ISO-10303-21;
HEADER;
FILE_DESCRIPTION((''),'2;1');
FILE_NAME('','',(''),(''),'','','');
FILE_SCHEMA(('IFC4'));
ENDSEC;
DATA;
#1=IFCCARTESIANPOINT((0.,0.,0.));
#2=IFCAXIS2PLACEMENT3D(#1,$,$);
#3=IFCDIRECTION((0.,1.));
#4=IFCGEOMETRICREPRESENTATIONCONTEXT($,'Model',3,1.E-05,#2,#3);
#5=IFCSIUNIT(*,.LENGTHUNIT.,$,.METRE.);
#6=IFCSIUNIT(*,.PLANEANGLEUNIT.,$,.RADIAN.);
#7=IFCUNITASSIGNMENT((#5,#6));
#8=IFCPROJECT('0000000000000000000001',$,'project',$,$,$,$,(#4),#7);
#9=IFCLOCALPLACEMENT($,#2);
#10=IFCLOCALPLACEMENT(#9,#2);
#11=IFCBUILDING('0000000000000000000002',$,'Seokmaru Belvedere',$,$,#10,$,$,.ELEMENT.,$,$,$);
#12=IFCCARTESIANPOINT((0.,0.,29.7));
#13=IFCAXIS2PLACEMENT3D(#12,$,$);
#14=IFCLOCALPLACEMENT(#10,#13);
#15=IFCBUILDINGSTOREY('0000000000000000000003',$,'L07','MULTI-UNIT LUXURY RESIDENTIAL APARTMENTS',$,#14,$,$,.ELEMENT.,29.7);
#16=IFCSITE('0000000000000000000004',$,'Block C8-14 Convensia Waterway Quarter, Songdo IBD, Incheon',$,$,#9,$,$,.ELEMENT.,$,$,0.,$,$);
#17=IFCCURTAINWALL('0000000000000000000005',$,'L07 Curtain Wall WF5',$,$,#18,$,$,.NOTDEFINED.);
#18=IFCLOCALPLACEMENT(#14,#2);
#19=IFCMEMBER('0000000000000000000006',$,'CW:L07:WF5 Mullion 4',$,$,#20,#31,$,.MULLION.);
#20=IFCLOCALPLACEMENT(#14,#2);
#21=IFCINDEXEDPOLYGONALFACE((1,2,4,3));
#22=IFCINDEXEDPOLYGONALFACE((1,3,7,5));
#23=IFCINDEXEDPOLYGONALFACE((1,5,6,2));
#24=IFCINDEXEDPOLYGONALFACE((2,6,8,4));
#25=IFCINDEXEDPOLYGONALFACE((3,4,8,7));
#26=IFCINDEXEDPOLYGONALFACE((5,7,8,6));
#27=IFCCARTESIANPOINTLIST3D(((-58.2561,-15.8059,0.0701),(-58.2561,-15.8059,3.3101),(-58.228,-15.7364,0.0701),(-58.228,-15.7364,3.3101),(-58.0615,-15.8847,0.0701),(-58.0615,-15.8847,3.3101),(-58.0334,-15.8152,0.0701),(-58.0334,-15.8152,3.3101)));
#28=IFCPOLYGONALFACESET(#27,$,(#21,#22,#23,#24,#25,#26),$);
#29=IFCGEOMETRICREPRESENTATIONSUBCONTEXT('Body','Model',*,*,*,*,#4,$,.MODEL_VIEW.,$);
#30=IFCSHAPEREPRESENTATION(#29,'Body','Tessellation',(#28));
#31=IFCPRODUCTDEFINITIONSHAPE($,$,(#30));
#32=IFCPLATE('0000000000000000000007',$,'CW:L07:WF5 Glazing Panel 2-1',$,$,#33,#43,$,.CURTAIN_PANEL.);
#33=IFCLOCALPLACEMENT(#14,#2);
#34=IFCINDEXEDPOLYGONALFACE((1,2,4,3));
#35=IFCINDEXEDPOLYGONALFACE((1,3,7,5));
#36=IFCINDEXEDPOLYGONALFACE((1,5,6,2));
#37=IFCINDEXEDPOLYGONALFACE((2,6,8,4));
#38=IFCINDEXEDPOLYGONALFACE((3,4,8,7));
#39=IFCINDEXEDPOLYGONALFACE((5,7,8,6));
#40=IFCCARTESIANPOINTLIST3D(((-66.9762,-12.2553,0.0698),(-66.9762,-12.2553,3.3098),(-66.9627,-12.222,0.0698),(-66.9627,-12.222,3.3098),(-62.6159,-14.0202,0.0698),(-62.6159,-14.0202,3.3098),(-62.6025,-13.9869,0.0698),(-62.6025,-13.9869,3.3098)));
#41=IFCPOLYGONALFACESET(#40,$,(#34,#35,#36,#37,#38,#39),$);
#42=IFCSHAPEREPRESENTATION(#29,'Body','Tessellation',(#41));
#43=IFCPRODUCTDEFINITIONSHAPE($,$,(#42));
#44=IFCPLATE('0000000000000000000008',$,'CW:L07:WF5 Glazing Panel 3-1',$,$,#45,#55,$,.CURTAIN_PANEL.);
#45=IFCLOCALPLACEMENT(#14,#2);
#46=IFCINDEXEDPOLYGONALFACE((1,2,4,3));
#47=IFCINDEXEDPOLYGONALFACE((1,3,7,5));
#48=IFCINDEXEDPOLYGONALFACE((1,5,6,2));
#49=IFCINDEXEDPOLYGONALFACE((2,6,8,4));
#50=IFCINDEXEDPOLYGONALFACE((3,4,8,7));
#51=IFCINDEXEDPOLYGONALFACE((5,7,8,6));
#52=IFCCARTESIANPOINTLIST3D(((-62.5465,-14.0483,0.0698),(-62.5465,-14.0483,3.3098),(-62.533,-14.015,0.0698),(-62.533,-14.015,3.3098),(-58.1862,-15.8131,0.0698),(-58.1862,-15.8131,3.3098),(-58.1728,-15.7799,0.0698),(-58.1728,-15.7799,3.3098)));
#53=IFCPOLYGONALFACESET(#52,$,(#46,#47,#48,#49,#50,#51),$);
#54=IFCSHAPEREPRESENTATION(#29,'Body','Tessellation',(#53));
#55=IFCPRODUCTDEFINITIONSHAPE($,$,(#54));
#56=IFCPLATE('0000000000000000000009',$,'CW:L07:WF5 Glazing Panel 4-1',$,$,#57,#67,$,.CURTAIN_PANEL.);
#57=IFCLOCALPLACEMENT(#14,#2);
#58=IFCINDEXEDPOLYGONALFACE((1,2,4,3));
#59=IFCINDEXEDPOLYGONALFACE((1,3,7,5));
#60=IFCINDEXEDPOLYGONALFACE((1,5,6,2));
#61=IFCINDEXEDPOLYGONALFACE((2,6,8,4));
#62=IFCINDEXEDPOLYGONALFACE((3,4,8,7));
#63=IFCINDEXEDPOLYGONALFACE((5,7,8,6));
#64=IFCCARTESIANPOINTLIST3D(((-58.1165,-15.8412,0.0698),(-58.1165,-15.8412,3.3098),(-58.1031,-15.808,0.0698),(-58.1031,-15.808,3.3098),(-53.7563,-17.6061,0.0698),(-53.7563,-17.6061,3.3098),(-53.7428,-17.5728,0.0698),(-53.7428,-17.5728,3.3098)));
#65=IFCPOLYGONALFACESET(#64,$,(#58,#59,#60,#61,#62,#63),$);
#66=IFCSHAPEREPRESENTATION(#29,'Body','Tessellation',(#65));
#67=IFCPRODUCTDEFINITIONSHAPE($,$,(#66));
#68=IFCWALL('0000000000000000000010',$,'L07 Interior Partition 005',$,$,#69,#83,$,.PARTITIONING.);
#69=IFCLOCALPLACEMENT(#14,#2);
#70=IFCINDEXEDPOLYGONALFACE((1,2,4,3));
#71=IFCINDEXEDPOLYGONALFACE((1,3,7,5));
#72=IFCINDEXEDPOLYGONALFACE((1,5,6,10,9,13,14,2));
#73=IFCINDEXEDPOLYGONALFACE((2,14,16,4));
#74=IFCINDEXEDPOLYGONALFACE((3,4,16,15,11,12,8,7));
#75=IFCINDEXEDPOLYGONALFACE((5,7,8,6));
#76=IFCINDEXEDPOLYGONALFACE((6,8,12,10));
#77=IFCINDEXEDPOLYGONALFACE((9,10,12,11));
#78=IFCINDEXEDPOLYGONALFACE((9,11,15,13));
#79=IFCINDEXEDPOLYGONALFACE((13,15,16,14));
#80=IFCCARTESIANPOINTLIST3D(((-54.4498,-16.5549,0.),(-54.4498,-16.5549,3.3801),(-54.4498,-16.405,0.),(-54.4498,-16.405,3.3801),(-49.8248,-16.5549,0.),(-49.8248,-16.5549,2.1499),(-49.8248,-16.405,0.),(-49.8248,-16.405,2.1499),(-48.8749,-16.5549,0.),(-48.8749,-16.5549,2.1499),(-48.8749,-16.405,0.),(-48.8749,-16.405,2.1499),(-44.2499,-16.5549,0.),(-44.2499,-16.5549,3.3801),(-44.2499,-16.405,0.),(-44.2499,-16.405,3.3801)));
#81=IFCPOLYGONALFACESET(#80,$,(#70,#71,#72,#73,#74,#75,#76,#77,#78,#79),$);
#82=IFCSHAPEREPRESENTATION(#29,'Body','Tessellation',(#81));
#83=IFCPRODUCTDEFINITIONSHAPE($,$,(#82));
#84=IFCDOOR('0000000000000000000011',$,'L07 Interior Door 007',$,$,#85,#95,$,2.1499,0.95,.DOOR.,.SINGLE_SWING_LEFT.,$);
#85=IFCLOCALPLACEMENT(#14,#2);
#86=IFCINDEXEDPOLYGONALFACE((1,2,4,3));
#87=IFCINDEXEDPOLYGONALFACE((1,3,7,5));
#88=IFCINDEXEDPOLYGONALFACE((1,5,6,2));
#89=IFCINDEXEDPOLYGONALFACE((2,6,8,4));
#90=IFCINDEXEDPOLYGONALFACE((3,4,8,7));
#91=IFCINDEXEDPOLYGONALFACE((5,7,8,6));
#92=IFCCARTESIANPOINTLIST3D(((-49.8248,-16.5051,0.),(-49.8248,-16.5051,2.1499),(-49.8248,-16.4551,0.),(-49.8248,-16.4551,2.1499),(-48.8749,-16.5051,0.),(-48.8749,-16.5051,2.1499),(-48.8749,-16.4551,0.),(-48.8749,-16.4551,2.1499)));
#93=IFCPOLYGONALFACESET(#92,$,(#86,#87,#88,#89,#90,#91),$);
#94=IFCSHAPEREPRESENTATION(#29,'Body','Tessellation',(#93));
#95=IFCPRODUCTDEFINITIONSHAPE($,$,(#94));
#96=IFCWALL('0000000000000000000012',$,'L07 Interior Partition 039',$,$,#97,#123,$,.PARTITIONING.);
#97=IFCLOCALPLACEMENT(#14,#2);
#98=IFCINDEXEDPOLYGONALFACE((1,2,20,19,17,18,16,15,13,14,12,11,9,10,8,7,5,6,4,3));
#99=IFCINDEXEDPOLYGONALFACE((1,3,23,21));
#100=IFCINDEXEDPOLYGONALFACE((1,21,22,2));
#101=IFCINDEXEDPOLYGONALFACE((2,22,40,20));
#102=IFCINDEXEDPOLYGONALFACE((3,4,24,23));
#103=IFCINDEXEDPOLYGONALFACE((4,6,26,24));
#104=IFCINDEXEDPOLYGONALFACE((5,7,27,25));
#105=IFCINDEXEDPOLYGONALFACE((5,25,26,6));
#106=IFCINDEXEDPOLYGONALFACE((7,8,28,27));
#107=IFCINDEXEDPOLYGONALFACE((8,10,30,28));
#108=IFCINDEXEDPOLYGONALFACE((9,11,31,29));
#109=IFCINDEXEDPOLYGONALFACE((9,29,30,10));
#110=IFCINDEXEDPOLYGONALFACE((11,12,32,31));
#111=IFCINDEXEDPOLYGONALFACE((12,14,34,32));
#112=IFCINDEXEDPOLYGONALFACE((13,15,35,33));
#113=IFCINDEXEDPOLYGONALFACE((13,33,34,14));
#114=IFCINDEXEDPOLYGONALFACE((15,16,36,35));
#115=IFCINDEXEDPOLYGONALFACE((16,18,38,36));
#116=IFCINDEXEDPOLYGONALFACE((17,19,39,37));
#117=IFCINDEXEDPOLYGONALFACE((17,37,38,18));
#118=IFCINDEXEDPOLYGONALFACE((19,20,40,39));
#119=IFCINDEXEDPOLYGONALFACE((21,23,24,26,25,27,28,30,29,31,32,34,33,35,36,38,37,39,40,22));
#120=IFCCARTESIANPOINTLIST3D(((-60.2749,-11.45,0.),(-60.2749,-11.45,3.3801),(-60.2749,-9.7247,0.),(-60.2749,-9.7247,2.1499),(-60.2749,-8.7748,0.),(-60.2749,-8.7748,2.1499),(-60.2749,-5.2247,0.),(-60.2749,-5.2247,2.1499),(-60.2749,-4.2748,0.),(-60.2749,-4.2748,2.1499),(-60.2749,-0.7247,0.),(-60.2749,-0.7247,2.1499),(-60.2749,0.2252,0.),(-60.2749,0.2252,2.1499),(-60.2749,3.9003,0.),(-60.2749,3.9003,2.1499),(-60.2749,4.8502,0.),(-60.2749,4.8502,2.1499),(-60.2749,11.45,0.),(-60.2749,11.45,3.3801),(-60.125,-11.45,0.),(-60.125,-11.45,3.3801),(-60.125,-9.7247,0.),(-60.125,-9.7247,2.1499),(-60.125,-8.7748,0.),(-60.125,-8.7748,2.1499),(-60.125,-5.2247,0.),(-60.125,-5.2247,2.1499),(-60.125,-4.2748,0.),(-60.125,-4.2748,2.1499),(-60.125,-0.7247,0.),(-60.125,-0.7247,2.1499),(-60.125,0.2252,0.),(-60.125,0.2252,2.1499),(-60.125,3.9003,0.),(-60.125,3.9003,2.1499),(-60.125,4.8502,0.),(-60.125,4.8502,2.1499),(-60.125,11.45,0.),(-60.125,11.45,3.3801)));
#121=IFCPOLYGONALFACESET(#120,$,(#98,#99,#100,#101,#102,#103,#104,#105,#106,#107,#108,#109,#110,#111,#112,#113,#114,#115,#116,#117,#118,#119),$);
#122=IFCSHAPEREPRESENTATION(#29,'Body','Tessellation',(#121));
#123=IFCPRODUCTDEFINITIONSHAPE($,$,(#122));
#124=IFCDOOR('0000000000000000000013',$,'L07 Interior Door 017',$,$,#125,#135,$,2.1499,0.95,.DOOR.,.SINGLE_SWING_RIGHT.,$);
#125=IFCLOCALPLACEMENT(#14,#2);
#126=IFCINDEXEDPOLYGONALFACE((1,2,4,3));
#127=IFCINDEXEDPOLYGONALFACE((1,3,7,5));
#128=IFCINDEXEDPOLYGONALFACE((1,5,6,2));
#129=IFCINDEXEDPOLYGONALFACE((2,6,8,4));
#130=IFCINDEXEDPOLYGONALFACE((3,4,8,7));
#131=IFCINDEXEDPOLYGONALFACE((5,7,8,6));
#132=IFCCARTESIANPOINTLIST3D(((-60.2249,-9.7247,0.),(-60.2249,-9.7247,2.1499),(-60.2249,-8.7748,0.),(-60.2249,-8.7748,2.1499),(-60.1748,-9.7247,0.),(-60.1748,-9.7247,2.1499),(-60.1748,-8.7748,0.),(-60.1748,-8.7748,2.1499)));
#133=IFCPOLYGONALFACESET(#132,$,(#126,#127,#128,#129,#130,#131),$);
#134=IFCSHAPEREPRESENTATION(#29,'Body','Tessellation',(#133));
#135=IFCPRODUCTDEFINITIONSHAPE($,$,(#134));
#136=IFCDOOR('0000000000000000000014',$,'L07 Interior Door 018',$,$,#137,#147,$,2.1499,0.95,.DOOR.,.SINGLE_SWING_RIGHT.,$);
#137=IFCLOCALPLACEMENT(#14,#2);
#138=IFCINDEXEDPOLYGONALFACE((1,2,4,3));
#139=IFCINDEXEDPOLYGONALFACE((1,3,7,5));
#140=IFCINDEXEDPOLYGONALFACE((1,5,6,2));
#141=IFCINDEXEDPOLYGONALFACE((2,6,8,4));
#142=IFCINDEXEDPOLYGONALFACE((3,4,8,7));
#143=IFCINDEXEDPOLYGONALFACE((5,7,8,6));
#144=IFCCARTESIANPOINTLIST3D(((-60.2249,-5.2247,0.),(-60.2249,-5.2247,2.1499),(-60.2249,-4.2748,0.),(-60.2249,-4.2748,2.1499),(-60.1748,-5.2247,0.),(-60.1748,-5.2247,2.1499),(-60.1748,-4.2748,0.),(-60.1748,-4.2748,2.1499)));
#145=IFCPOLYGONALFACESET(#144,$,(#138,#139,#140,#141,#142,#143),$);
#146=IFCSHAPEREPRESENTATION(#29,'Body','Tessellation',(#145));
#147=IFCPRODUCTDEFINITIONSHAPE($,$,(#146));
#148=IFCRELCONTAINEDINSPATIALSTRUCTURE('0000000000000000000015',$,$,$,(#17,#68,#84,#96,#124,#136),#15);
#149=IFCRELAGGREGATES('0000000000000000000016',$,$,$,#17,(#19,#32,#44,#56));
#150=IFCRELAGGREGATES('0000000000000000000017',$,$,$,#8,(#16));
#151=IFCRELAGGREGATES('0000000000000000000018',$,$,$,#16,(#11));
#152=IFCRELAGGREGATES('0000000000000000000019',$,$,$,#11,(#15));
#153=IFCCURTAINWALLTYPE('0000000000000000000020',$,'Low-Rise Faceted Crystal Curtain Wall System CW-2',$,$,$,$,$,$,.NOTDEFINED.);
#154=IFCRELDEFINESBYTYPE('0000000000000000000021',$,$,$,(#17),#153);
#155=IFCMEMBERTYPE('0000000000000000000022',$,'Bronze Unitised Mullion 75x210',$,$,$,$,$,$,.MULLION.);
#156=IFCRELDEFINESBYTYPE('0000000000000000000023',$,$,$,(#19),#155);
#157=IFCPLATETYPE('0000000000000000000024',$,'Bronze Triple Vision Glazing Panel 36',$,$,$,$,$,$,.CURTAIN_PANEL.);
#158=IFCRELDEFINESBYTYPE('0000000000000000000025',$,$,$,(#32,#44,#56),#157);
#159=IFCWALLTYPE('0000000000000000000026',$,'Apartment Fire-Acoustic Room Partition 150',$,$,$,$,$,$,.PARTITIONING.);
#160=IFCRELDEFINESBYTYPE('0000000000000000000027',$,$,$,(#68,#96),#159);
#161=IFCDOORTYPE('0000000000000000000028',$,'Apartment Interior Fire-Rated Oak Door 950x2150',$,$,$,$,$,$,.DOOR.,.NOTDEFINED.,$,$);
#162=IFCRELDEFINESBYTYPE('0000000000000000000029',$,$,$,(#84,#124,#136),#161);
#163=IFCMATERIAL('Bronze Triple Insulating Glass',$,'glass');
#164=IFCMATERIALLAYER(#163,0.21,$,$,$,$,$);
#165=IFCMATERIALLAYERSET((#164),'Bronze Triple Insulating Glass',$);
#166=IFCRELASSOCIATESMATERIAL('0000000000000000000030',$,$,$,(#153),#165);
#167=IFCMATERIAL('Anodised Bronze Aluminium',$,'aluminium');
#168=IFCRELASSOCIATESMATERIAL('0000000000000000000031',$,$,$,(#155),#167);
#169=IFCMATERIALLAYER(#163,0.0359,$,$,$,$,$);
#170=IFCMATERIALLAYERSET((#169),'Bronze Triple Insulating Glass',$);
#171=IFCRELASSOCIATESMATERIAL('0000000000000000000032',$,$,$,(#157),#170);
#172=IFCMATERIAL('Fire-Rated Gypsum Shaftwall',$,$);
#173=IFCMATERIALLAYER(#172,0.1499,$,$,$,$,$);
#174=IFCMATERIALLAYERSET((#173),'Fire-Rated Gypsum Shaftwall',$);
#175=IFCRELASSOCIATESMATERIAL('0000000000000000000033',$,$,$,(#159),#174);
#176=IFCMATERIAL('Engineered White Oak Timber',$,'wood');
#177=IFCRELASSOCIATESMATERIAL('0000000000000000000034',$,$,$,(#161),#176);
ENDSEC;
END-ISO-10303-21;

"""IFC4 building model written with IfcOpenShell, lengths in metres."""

from ifc_helpers import new_model, si_unit, direction, frame, frame_2d, origin, origin_2d, place, context, subcontext, project, spatial, rectangle, extrude, source, transform, mapped, material, layer, layer_set, material_profile, profile_set, type_object, type_shapes, element, fill, aggregate, save


model = new_model("IFC4")

# Units and contexts
model_context = context("Model", 3, precision=1e-05, world=origin(), true_north=direction((0.0, 1.0)))
body_context = subcontext(model_context, "Body", "Model", "MODEL_VIEW")
ifc_project = project(units=[si_unit("LENGTHUNIT", "METRE"), si_unit("PLANEANGLEUNIT", "RADIAN")], contexts=[model_context])

# Site, building, storey
site_placement = place(None, origin())
site = spatial("IfcSite", under=ifc_project, at=site_placement, Name="Block C8-14 Convensia Waterway Quarter, Songdo IBD, Incheon", CompositionType="ELEMENT", RefElevation=0.0)
building_placement = place(site_placement, origin())
building = spatial("IfcBuilding", under=site, at=building_placement, Name="Seokmaru Belvedere", CompositionType="ELEMENT")
storey_placement = place(building_placement, frame((0.0, 0.0, 29.7)))
storey = spatial("IfcBuildingStorey", under=building, at=storey_placement, Name="L07", Description="MULTI-UNIT LUXURY RESIDENTIAL APARTMENTS", CompositionType="ELEMENT", Elevation=29.7)

# Curtain wall, member, plates
ifc_material_1 = material(Name="Bronze Triple Insulating Glass", Category="glass")
ifc_layer_1 = layer(ifc_material_1, 0.21)
ifc_layer_set_1 = layer_set([ifc_layer_1], Name="Bronze Triple Insulating Glass")
curtain_wall_type = type_object("IfcCurtainWallType", Name="Low-Rise Faceted Crystal Curtain Wall System CW-2", PredefinedType="NOTDEFINED", material=ifc_layer_set_1)
curtain_wall_placement = place(storey_placement, origin())
curtain_wall = element("IfcCurtainWall", 1, at=curtain_wall_placement, inside=storey, type_object=curtain_wall_type, Name="L07 Curtain Wall WF5", PredefinedType="NOTDEFINED")
ifc_material_2 = material(Name="Anodised Bronze Aluminium", Category="aluminium")
ifc_material_profile_1 = material_profile(ifc_material_2, rectangle(XDim=0.075, YDim=0.21, at=origin_2d()), Name="CW-M-75x210")
ifc_profile_set_1 = profile_set([ifc_material_profile_1], Name="Anodised Bronze Aluminium")
member_type = type_object("IfcMemberType", Name="Bronze Unitised Mullion 75x210", PredefinedType="MULLION", material=ifc_profile_set_1)
shared_shape_1 = source(origin(), body_context, "Body", "SweptSolid", [
    extrude(rectangle(XDim=0.075, YDim=0.21, at=origin_2d()), origin(), (0.0, 0.0, 1.0), 3.24),
])
type_shapes(member_type, [shared_shape_1])
member_1_placement = place(storey_placement, frame((-58.1448, -15.8105, 0.0701), z_axis=(0.0, 0.0, 1.0), x_axis=(0.375192, 0.926947, 0.0)))
member_1 = element("IfcMember", 2, at=member_1_placement, type_object=member_type, Name="CW:L07:WF5 Mullion 4", PredefinedType="MULLION", context=body_context, shape_type="MappedRepresentation", body=[
    mapped(shared_shape_1, transform((0.0, 0.0, 0.0), scale=1.0)),
])
ifc_layer_2 = layer(ifc_material_1, 0.0359)
ifc_layer_set_2 = layer_set([ifc_layer_2], Name="Bronze Triple Insulating Glass")
plate_type = type_object("IfcPlateType", Name="Bronze Triple Vision Glazing Panel 36", PredefinedType="CURTAIN_PANEL", material=ifc_layer_set_2)
shared_shape_2 = source(origin(), body_context, "Body", "SweptSolid", [
    extrude(rectangle(XDim=4.7039, YDim=0.0359, at=origin_2d()), origin(), (0.0, 0.0, 1.0), 3.24),
])
type_shapes(plate_type, [shared_shape_2])
plate_1_placement = place(storey_placement, frame((-64.7893, -13.1211, 0.0698), z_axis=(0.0, 0.0, 1.0), x_axis=(0.926947, -0.375192, 0.0)))
plate_1 = element("IfcPlate", 3, at=plate_1_placement, type_object=plate_type, Name="CW:L07:WF5 Glazing Panel 2-1", PredefinedType="CURTAIN_PANEL", context=body_context, shape_type="MappedRepresentation", body=[
    mapped(shared_shape_2, transform((0.0, 0.0, 0.0), scale=1.0)),
])
plate_2_placement = place(storey_placement, frame((-60.3596, -14.9141, 0.0698), z_axis=(0.0, 0.0, 1.0), x_axis=(0.926947, -0.375192, 0.0)))
plate_2 = element("IfcPlate", 4, at=plate_2_placement, type_object=plate_type, Name="CW:L07:WF5 Glazing Panel 3-1", PredefinedType="CURTAIN_PANEL", context=body_context, shape_type="MappedRepresentation", body=[
    mapped(shared_shape_2, transform((0.0, 0.0, 0.0), scale=1.0)),
])
plate_3_placement = place(storey_placement, frame((-55.9297, -16.707, 0.0698), z_axis=(0.0, 0.0, 1.0), x_axis=(0.926947, -0.375192, 0.0)))
plate_3 = element("IfcPlate", 5, at=plate_3_placement, type_object=plate_type, Name="CW:L07:WF5 Glazing Panel 4-1", PredefinedType="CURTAIN_PANEL", context=body_context, shape_type="MappedRepresentation", body=[
    mapped(shared_shape_2, transform((0.0, 0.0, 0.0), scale=1.0)),
])
aggregate(curtain_wall, [member_1, plate_1, plate_2, plate_3])

# Wall, opening, door
ifc_material_3 = material(Name="Fire-Rated Gypsum Shaftwall")
ifc_layer_3 = layer(ifc_material_3, 0.1499)
ifc_layer_set_3 = layer_set([ifc_layer_3], Name="Fire-Rated Gypsum Shaftwall")
wall_type = type_object("IfcWallType", Name="Apartment Fire-Acoustic Room Partition 150", PredefinedType="PARTITIONING", material=ifc_layer_set_3)
wall_1_placement = place(storey_placement, frame((-54.45, -16.48, 0.0), z_axis=(0.0, 0.0, 1.0), x_axis=(1.0, 0.0, 0.0)))
wall_1 = element("IfcWall", 6, at=wall_1_placement, inside=storey, type_object=wall_type, Name="L07 Interior Partition 005", PredefinedType="PARTITIONING", context=body_context, shape_type="SweptSolid", body=[
    extrude(rectangle(XDim=10.2, YDim=0.1499, at=frame_2d((5.1001, 0.0))), origin(), (0.0, 0.0, 1.0), 3.3801),
])
opening_1_placement = place(wall_1_placement, frame((4.625, 0.0, 0.0)))
opening_1 = element("IfcOpeningElement", 7, at=opening_1_placement, cuts=wall_1, PredefinedType="OPENING", context=body_context, shape_type="SweptSolid", body=[
    extrude(rectangle(XDim=0.95, YDim=2.1499, at=frame_2d((0.4751, 1.075))), frame((0.0, 0.085, 0.0), z_axis=(0.0, -1.0, 0.0), x_axis=(1.0, 0.0, 0.0)), (0.0, 0.0, 1.0), 0.1699),
])
ifc_material_4 = material(Name="Engineered White Oak Timber", Category="wood")
door_type = type_object("IfcDoorType", Name="Apartment Interior Fire-Rated Oak Door 950x2150", OperationType="NOTDEFINED", PredefinedType="DOOR", material=ifc_material_4)
shared_shape_3 = source(origin(), body_context, "Body", "SweptSolid", [
    extrude(rectangle(XDim=0.95, YDim=2.1499, at=frame_2d((0.4751, 1.075))), frame((0.0, 0.0249, 0.0), z_axis=(0.0, -1.0, 0.0), x_axis=(1.0, 0.0, 0.0)), (0.0, 0.0, 1.0), 0.05),
])
type_shapes(door_type, [shared_shape_3])
door_1_placement = place(opening_1_placement, origin())
door_1 = element("IfcDoor", 8, at=door_1_placement, inside=storey, type_object=door_type, Name="L07 Interior Door 007", OperationType="SINGLE_SWING_LEFT", OverallHeight=2.1499, OverallWidth=0.95, PredefinedType="DOOR", context=body_context, shape_type="MappedRepresentation", body=[
    mapped(shared_shape_3, transform((0.0, 0.0, 0.0), scale=1.0)),
])
fill(opening_1, door_1)

# Wall, openings, doors
wall_2_placement = place(storey_placement, frame((-60.2, -11.45, 0.0), z_axis=(0.0, 0.0, 1.0), x_axis=(0.0, 1.0, 0.0)))
wall_2 = element("IfcWall", 9, at=wall_2_placement, inside=storey, type_object=wall_type, Name="L07 Interior Partition 039", PredefinedType="PARTITIONING", context=body_context, shape_type="SweptSolid", body=[
    extrude(rectangle(XDim=22.8999, YDim=0.1499, at=frame_2d((11.45, 0.0))), origin(), (0.0, 0.0, 1.0), 3.3801),
])
opening_2_placement = place(wall_2_placement, frame((1.7251, 0.0, 0.0)))
opening_2 = element("IfcOpeningElement", 10, at=opening_2_placement, cuts=wall_2, PredefinedType="OPENING", context=body_context, shape_type="SweptSolid", body=[
    extrude(rectangle(XDim=0.95, YDim=2.1499, at=frame_2d((0.4751, 1.075))), frame((0.0, 0.085, 0.0), z_axis=(0.0, -1.0, 0.0), x_axis=(1.0, 0.0, 0.0)), (0.0, 0.0, 1.0), 0.1699),
])
opening_3_placement = place(wall_2_placement, frame((6.2251, 0.0, 0.0)))
opening_3 = element("IfcOpeningElement", 11, at=opening_3_placement, cuts=wall_2, PredefinedType="OPENING", context=body_context, shape_type="SweptSolid", body=[
    extrude(rectangle(XDim=0.95, YDim=2.1499, at=frame_2d((0.4751, 1.075))), frame((0.0, 0.085, 0.0), z_axis=(0.0, -1.0, 0.0), x_axis=(1.0, 0.0, 0.0)), (0.0, 0.0, 1.0), 0.1699),
])
opening_4_placement = place(wall_2_placement, frame((10.7251, 0.0, 0.0)))
element("IfcOpeningElement", 12, at=opening_4_placement, cuts=wall_2, PredefinedType="OPENING", context=body_context, shape_type="SweptSolid", body=[
    extrude(rectangle(XDim=0.95, YDim=2.1499, at=frame_2d((0.4751, 1.075))), frame((0.0, 0.085, 0.0), z_axis=(0.0, -1.0, 0.0), x_axis=(1.0, 0.0, 0.0)), (0.0, 0.0, 1.0), 0.1699),
])
opening_5_placement = place(wall_2_placement, frame((15.3501, 0.0, 0.0)))
element("IfcOpeningElement", 13, at=opening_5_placement, cuts=wall_2, PredefinedType="OPENING", context=body_context, shape_type="SweptSolid", body=[
    extrude(rectangle(XDim=0.95, YDim=2.1499, at=frame_2d((0.4751, 1.075))), frame((0.0, 0.085, 0.0), z_axis=(0.0, -1.0, 0.0), x_axis=(1.0, 0.0, 0.0)), (0.0, 0.0, 1.0), 0.1699),
])
door_2_placement = place(opening_2_placement, origin())
door_2 = element("IfcDoor", 14, at=door_2_placement, inside=storey, type_object=door_type, Name="L07 Interior Door 017", OperationType="SINGLE_SWING_RIGHT", OverallHeight=2.1499, OverallWidth=0.95, PredefinedType="DOOR", context=body_context, shape_type="MappedRepresentation", body=[
    mapped(shared_shape_3, transform((0.0, 0.0, 0.0), scale=1.0)),
])
fill(opening_2, door_2)
door_3_placement = place(opening_3_placement, origin())
door_3 = element("IfcDoor", 15, at=door_3_placement, inside=storey, type_object=door_type, Name="L07 Interior Door 018", OperationType="SINGLE_SWING_RIGHT", OverallHeight=2.1499, OverallWidth=0.95, PredefinedType="DOOR", context=body_context, shape_type="MappedRepresentation", body=[
    mapped(shared_shape_3, transform((0.0, 0.0, 0.0), scale=1.0)),
])
fill(opening_3, door_3)

save(model, "model.ifc")
